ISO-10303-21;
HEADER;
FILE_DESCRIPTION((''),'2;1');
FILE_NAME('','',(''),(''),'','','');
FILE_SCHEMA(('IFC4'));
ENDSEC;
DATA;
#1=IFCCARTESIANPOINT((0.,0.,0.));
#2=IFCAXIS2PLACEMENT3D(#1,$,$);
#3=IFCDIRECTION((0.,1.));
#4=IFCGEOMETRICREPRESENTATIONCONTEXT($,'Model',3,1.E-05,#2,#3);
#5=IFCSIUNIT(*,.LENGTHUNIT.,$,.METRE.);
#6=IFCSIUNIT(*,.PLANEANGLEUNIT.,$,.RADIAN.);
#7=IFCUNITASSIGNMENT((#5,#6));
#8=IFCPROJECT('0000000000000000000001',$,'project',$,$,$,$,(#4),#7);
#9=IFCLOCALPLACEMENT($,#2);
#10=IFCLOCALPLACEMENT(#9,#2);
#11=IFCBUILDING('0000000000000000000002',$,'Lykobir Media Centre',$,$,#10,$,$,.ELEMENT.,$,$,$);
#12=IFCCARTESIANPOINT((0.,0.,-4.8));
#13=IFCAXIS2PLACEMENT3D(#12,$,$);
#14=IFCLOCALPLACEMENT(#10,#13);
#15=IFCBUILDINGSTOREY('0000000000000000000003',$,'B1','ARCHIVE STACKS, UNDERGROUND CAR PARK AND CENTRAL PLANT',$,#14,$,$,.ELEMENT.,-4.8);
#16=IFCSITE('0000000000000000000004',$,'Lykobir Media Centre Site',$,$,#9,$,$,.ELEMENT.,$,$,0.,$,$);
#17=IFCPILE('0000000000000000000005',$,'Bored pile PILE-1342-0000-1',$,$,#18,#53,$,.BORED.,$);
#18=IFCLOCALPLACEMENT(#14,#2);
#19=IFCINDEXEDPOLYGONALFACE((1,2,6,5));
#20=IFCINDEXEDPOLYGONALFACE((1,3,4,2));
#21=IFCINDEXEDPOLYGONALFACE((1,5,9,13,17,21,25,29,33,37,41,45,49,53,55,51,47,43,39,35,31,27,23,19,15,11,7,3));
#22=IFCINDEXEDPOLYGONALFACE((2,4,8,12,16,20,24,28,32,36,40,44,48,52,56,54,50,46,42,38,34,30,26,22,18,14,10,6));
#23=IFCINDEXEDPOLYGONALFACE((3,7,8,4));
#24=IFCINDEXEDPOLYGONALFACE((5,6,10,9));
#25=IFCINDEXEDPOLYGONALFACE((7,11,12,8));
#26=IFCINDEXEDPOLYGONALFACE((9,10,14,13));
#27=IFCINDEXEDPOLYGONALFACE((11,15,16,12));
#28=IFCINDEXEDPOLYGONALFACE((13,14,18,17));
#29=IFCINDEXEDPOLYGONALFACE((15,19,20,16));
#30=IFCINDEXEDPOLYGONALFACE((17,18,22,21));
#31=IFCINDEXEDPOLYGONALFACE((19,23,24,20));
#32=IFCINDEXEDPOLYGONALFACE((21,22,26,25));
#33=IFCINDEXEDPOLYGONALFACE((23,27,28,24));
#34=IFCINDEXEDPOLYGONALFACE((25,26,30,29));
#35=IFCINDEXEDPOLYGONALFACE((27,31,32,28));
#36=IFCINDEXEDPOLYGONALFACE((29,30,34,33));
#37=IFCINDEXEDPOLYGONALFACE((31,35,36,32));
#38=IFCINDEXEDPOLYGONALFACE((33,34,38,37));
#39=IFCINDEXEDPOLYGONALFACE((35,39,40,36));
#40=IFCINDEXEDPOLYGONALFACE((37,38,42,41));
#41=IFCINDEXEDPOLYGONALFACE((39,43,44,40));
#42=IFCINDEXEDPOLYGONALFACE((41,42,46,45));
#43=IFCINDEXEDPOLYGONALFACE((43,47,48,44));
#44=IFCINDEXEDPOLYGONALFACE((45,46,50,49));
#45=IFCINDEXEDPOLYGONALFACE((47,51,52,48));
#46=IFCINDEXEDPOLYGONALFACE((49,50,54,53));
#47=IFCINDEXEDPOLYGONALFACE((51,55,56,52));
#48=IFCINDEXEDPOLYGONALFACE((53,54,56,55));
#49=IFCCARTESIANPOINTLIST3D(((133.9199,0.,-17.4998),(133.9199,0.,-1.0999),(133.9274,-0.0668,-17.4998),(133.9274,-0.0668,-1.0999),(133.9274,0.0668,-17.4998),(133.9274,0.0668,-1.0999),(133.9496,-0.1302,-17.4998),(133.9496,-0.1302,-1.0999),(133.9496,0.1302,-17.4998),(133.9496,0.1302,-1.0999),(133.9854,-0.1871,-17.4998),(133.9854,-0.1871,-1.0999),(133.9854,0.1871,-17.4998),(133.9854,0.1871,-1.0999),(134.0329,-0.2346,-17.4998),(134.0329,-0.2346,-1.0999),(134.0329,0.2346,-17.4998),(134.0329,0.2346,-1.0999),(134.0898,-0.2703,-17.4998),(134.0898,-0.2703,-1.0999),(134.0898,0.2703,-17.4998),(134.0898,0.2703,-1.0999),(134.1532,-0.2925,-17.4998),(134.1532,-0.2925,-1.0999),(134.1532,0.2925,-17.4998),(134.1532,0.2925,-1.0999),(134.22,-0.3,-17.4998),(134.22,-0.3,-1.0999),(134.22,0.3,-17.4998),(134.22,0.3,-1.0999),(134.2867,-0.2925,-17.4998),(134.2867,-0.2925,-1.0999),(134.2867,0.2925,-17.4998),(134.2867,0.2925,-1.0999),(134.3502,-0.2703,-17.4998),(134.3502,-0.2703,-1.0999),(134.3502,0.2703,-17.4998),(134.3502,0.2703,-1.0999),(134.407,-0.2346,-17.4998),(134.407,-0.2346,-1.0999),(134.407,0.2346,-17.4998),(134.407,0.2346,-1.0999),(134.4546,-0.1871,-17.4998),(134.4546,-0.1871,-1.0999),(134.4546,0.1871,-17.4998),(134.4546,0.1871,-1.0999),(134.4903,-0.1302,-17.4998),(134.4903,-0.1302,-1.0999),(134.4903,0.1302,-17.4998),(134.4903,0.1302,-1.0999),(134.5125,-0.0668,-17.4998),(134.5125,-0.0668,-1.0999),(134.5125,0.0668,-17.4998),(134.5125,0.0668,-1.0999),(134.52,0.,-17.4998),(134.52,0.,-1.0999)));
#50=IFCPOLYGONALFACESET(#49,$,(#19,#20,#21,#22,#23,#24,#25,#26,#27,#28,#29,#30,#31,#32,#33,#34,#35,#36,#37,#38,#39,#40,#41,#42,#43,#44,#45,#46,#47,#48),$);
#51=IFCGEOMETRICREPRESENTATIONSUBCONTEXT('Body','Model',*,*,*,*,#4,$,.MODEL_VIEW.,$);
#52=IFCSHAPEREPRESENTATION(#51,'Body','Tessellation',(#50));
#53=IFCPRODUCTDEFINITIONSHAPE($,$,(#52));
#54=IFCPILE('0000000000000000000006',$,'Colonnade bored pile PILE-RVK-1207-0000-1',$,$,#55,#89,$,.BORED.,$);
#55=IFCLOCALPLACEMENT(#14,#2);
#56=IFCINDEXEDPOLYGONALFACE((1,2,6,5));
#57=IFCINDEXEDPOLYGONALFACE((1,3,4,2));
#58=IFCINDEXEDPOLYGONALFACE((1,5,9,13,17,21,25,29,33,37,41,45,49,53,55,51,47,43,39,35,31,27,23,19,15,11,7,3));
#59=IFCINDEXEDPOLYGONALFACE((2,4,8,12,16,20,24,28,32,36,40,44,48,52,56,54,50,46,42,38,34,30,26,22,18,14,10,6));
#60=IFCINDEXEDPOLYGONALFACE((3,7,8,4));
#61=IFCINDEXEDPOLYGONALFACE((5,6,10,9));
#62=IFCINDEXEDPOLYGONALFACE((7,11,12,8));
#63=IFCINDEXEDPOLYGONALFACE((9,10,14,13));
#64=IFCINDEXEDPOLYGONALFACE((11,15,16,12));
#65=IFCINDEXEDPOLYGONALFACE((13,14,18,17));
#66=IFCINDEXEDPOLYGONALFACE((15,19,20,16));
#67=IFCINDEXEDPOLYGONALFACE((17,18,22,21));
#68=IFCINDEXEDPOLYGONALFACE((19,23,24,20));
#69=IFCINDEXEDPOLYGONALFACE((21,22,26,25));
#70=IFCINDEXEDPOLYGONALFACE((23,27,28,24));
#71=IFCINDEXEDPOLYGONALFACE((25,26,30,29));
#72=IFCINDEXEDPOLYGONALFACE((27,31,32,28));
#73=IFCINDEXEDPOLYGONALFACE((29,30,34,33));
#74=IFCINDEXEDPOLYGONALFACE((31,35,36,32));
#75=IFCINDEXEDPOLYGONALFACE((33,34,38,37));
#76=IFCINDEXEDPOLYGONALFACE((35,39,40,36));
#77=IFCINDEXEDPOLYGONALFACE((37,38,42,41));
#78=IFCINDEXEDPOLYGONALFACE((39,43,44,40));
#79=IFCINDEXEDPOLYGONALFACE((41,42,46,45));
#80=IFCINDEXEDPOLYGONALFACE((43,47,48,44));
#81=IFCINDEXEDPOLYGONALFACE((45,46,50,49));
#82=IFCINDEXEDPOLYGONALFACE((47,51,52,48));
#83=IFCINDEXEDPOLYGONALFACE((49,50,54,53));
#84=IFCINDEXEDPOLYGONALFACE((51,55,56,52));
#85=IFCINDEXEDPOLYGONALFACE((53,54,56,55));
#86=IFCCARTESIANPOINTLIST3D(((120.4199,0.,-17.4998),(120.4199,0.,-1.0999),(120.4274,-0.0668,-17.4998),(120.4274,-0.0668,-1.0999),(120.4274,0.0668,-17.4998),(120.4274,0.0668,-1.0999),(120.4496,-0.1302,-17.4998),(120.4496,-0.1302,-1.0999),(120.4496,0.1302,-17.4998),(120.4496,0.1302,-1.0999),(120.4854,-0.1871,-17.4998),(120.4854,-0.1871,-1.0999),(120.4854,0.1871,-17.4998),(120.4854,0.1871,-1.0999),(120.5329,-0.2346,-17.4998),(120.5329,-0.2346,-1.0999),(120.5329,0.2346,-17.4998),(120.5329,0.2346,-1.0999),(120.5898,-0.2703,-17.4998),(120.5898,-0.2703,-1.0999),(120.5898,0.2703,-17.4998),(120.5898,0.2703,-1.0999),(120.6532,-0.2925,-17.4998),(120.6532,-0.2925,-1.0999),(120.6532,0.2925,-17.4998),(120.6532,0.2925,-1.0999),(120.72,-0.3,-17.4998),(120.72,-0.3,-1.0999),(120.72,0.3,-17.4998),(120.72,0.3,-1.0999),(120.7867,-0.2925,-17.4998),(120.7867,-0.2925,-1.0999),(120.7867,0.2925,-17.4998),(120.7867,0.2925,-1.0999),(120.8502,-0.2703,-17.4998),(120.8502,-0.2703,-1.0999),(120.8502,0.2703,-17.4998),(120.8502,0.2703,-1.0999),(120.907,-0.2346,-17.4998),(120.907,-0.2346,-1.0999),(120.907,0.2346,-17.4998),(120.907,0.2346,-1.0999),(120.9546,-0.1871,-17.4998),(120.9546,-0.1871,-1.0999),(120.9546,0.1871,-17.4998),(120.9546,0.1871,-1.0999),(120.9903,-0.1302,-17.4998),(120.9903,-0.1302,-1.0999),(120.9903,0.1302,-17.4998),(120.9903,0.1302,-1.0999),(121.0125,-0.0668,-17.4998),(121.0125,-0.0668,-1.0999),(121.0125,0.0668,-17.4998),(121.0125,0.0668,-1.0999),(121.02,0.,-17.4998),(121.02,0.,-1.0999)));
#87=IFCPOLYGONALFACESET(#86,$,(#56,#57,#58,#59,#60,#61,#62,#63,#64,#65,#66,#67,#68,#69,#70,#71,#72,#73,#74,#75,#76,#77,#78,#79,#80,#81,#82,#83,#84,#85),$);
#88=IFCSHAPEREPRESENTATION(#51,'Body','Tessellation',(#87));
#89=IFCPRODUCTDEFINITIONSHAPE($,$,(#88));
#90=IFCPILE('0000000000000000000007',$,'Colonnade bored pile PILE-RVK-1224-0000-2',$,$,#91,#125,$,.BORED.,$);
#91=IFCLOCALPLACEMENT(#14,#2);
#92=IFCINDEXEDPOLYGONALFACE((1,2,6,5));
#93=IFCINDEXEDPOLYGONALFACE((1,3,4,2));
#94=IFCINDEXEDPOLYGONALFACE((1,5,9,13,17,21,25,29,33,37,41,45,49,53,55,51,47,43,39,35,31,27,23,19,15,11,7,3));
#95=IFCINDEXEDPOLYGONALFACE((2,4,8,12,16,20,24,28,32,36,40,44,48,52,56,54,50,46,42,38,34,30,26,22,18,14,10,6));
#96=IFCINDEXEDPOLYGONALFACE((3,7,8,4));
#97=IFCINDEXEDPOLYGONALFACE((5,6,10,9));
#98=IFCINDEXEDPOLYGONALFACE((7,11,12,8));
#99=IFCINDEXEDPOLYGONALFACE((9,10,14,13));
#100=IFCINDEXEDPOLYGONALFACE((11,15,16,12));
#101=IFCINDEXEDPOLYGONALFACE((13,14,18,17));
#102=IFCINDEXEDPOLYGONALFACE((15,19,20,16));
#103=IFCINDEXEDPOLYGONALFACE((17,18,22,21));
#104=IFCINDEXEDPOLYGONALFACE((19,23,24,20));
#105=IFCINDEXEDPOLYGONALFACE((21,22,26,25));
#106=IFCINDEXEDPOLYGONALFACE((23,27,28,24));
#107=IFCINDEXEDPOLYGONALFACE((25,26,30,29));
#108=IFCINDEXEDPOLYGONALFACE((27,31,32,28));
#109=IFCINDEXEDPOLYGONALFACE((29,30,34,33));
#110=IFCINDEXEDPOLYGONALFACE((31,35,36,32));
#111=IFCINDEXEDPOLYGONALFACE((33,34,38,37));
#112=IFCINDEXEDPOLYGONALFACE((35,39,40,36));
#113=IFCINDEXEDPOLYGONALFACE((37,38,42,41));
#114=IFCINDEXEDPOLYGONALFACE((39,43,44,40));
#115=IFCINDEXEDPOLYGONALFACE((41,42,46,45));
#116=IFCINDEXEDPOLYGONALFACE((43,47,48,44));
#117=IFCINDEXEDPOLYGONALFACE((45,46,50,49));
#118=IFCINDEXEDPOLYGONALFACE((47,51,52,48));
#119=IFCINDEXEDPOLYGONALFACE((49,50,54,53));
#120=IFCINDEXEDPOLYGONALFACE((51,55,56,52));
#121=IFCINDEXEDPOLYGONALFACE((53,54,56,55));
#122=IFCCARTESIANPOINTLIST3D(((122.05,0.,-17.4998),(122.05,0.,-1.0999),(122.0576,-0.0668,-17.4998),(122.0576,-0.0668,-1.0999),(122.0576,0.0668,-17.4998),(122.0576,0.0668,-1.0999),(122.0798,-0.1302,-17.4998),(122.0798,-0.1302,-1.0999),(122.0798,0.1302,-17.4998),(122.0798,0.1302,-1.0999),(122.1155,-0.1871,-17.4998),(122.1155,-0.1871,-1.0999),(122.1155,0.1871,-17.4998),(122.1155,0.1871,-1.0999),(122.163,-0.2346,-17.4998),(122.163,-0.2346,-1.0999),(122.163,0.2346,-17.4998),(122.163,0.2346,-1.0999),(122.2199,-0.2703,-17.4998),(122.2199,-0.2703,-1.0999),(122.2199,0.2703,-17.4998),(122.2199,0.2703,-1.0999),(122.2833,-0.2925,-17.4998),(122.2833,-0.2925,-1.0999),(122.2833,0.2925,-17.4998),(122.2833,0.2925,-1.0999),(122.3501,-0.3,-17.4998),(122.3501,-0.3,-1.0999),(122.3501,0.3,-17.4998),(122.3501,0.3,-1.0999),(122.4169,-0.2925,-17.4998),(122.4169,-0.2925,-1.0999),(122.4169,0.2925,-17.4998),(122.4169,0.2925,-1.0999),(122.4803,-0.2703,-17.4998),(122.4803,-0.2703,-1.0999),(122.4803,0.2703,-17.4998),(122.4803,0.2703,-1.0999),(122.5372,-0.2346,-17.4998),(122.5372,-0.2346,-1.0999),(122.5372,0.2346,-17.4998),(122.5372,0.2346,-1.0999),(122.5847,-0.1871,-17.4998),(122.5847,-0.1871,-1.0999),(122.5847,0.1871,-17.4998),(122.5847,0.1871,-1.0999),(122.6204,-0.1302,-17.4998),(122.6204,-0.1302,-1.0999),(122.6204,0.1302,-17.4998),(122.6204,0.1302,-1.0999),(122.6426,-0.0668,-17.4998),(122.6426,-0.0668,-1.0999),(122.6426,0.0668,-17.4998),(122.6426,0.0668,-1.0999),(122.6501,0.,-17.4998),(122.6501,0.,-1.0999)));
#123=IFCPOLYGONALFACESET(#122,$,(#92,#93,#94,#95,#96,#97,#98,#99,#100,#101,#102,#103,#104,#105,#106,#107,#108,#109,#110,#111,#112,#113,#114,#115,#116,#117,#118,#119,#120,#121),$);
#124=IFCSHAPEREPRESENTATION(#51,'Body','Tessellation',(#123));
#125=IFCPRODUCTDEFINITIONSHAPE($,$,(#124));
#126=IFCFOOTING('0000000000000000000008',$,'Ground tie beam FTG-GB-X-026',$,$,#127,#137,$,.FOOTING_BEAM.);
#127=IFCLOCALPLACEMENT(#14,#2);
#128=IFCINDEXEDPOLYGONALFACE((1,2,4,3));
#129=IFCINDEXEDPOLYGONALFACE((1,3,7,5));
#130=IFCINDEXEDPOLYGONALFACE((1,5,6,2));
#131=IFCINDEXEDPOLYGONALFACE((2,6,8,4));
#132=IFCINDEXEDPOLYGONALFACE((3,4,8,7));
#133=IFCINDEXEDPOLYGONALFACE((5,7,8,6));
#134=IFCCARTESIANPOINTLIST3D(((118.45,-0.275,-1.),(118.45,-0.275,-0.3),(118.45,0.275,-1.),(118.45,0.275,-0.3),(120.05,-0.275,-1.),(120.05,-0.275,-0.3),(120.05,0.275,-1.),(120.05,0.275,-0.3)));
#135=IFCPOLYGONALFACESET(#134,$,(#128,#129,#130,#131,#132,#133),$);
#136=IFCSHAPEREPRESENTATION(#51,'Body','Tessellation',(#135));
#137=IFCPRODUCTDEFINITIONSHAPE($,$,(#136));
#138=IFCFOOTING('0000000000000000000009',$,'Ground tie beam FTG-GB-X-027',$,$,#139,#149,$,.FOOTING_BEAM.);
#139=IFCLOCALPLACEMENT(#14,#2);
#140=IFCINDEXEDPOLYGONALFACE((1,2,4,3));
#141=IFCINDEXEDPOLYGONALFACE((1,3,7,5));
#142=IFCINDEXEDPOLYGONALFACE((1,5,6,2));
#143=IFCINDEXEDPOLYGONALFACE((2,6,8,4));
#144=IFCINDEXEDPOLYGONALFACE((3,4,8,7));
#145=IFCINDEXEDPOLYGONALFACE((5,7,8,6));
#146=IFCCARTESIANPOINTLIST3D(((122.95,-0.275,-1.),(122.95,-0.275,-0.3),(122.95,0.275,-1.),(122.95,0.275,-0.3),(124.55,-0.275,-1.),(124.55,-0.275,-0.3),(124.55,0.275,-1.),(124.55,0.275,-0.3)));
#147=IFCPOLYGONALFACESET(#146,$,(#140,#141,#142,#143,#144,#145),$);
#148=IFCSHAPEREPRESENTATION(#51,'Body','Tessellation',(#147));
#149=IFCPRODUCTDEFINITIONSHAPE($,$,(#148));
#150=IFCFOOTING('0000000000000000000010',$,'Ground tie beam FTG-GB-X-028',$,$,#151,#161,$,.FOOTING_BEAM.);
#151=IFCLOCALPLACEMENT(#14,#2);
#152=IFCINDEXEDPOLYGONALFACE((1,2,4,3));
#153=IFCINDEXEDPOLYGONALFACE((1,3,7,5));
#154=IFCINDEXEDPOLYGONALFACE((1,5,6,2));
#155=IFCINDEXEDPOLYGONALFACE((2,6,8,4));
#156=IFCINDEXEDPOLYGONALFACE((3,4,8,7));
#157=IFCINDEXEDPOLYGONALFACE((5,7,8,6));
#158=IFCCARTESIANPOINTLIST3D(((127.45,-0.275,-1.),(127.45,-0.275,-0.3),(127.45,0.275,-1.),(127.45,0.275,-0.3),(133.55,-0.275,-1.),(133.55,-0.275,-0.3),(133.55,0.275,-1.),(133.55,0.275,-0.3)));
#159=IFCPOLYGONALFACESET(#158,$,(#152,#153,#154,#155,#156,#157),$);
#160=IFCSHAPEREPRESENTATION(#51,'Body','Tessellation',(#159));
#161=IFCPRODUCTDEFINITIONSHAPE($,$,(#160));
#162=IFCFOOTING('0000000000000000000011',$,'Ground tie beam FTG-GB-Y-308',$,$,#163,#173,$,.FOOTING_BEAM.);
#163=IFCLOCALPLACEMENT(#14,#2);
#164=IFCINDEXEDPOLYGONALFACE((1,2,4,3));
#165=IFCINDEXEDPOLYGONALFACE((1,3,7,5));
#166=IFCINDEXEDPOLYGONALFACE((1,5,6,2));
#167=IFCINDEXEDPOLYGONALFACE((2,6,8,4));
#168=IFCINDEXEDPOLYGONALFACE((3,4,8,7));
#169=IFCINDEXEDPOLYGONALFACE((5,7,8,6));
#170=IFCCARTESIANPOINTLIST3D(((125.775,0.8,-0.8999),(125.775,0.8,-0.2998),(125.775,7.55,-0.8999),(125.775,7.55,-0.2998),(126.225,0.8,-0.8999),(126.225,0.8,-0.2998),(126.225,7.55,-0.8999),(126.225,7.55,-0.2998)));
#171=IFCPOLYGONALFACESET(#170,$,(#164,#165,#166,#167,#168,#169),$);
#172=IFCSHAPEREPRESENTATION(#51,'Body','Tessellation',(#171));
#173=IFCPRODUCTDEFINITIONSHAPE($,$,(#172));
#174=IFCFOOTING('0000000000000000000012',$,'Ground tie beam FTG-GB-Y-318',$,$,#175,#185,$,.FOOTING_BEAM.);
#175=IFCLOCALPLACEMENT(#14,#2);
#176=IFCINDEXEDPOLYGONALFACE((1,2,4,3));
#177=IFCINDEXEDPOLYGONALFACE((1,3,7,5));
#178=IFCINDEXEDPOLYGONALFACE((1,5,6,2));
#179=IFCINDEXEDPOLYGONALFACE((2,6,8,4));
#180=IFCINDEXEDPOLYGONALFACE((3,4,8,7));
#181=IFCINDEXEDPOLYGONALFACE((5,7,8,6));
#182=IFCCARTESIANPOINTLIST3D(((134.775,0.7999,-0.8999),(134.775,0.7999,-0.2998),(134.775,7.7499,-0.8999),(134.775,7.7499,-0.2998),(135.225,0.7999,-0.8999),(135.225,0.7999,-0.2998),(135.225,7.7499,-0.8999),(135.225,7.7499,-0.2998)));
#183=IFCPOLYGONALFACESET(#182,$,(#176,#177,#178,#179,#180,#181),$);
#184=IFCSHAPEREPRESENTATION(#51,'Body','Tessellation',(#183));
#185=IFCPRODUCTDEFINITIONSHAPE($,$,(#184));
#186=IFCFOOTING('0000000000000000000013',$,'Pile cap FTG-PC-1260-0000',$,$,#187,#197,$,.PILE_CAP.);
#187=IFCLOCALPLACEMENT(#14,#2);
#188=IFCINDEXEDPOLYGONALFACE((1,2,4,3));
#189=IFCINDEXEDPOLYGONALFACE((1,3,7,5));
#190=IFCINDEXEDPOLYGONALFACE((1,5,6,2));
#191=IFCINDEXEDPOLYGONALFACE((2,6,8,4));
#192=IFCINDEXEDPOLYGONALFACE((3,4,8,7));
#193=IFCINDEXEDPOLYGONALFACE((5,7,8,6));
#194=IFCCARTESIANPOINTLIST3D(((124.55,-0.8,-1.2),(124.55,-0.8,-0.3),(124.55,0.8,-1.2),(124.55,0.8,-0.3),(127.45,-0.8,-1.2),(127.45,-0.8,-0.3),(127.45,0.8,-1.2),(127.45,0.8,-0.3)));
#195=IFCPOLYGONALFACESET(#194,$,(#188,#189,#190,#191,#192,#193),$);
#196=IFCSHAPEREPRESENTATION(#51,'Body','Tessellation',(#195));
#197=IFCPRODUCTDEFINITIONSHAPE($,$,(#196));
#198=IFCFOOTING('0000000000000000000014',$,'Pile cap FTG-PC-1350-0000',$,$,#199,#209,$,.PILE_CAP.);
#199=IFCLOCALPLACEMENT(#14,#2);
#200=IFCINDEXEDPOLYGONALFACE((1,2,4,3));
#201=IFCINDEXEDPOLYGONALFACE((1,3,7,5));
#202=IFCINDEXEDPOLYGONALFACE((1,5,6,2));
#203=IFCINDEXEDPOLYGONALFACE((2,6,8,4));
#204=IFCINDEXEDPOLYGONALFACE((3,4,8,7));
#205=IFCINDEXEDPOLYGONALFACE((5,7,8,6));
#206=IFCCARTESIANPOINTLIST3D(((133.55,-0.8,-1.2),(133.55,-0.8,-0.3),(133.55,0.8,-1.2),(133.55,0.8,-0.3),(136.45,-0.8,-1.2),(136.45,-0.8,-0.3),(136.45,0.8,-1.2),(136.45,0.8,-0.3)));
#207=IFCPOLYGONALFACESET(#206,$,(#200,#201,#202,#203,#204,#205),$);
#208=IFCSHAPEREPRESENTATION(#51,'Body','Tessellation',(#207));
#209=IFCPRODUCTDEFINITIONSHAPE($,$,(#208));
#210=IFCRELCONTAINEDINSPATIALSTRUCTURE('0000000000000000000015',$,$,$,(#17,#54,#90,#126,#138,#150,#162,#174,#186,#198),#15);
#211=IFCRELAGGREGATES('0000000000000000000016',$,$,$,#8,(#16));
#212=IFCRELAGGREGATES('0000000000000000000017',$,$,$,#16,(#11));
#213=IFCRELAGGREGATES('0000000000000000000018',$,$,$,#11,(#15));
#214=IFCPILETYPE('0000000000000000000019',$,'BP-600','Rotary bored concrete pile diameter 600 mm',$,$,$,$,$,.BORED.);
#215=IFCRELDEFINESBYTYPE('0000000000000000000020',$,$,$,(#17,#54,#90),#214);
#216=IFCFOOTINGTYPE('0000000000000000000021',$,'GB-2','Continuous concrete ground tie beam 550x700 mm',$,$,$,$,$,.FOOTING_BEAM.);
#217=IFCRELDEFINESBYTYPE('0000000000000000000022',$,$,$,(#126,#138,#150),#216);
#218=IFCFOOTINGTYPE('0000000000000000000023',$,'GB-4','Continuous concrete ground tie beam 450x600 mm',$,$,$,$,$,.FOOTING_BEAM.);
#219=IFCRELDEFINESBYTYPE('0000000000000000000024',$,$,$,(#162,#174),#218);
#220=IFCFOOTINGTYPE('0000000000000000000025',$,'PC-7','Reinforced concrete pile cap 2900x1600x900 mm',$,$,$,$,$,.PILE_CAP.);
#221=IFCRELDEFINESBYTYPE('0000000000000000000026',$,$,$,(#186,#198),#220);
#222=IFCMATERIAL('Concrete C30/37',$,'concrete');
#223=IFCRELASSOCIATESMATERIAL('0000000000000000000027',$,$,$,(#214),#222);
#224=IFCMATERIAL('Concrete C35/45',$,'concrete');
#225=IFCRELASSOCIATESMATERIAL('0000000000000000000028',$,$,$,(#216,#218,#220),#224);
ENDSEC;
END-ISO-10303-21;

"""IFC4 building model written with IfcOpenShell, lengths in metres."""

from ifc_helpers import new_model, si_unit, direction, frame, origin, origin_2d, place, context, subcontext, project, spatial, rectangle, circle, extrude, material, material_profile, profile_set, type_object, element, save


model = new_model("IFC4")

# Units and contexts
model_context = context("Model", 3, precision=1e-05, world=origin(), true_north=direction((0.0, 1.0)))
body_context = subcontext(model_context, "Body", "Model", "MODEL_VIEW")
ifc_project = project(units=[si_unit("LENGTHUNIT", "METRE"), si_unit("PLANEANGLEUNIT", "RADIAN")], contexts=[model_context])

# Site, building, storey
site_placement = place(None, origin())
site = spatial("IfcSite", under=ifc_project, at=site_placement, Name="Lykobir Media Centre Site", CompositionType="ELEMENT", RefElevation=0.0)
building_placement = place(site_placement, origin())
building = spatial("IfcBuilding", under=site, at=building_placement, Name="Lykobir Media Centre", CompositionType="ELEMENT")
storey_placement = place(building_placement, frame((0.0, 0.0, -4.8)))
storey = spatial("IfcBuildingStorey", under=building, at=storey_placement, Name="B1", Description="ARCHIVE STACKS, UNDERGROUND CAR PARK AND CENTRAL PLANT", CompositionType="ELEMENT", Elevation=-4.8)

# Piles
ifc_material_1 = material(Name="Concrete C30/37", Category="concrete")
ifc_material_profile_1 = material_profile(ifc_material_1, circle(Radius=0.3, at=origin_2d()), Name="BORED PILE D600")
ifc_profile_set_1 = profile_set([ifc_material_profile_1], Name="Concrete C30/37")
pile_type = type_object("IfcPileType", Name="BP-600", Description="Rotary bored concrete pile diameter 600 mm", PredefinedType="BORED", material=ifc_profile_set_1)
for number, where, z_axis, x_axis, name in (
    (1, (134.22, 0.0, -1.0999), (0.0, 0.0, -1.0), (1.0, 0.0, 0.0), "Bored pile PILE-1342-0000-1"),
    (2, (120.72, 0.0, -1.0999), (0.0, 0.0, -1.0), (1.0, 0.0, 0.0), "Colonnade bored pile PILE-RVK-1207-0000-1"),
    (3, (122.3501, 0.0, -1.0999), (0.0, 0.0, -1.0), (1.0, 0.0, 0.0), "Colonnade bored pile PILE-RVK-1224-0000-2"),
):
    element("IfcPile", number, at=place(storey_placement, frame(where, z_axis=z_axis, x_axis=x_axis)), inside=storey, type_object=pile_type, Name=name, PredefinedType="BORED", context=body_context, shape_type="SweptSolid", body=[
        extrude(circle(Radius=0.3, at=origin_2d()), origin(), (0.0, 0.0, 1.0), 16.3999),
    ])

# Footings
ifc_material_2 = material(Name="Concrete C35/45", Category="concrete")
footing_type_1 = type_object("IfcFootingType", Name="GB-2", Description="Continuous concrete ground tie beam 550x700 mm", PredefinedType="FOOTING_BEAM", material=ifc_material_2)
for number, where, z_axis, x_axis, name in (
    (4, (119.25, 0.0, -1.0), (0.0, 0.0, 1.0), (1.0, 0.0, 0.0), "Ground tie beam FTG-GB-X-026"),
    (5, (123.75, 0.0, -1.0), (0.0, 0.0, 1.0), (1.0, 0.0, 0.0), "Ground tie beam FTG-GB-X-027"),
):
    element("IfcFooting", number, at=place(storey_placement, frame(where, z_axis=z_axis, x_axis=x_axis)), inside=storey, type_object=footing_type_1, Name=name, PredefinedType="FOOTING_BEAM", context=body_context, shape_type="SweptSolid", body=[
        extrude(rectangle(XDim=1.6001, YDim=0.55, at=origin_2d()), origin(), (0.0, 0.0, 1.0), 0.7),
    ])
footing_1_placement = place(storey_placement, frame((130.5, 0.0, -1.0), z_axis=(0.0, 0.0, 1.0), x_axis=(1.0, 0.0, 0.0)))
element("IfcFooting", 6, at=footing_1_placement, inside=storey, type_object=footing_type_1, Name="Ground tie beam FTG-GB-X-028", PredefinedType="FOOTING_BEAM", context=body_context, shape_type="SweptSolid", body=[
    extrude(rectangle(XDim=6.1001, YDim=0.55, at=origin_2d()), origin(), (0.0, 0.0, 1.0), 0.7),
])
footing_type_2 = type_object("IfcFootingType", Name="GB-4", Description="Continuous concrete ground tie beam 450x600 mm", PredefinedType="FOOTING_BEAM", material=ifc_material_2)
footing_2_placement = place(storey_placement, frame((126.0, 4.175, -0.8999), z_axis=(0.0, 0.0, 1.0), x_axis=(0.0, 1.0, 0.0)))
element("IfcFooting", 7, at=footing_2_placement, inside=storey, type_object=footing_type_2, Name="Ground tie beam FTG-GB-Y-308", PredefinedType="FOOTING_BEAM", context=body_context, shape_type="SweptSolid", body=[
    extrude(rectangle(XDim=6.75, YDim=0.45, at=origin_2d()), origin(), (0.0, 0.0, 1.0), 0.6001),
])
footing_3_placement = place(storey_placement, frame((135.0, 4.2749, -0.8999), z_axis=(0.0, 0.0, 1.0), x_axis=(0.0, 1.0, 0.0)))
element("IfcFooting", 8, at=footing_3_placement, inside=storey, type_object=footing_type_2, Name="Ground tie beam FTG-GB-Y-318", PredefinedType="FOOTING_BEAM", context=body_context, shape_type="SweptSolid", body=[
    extrude(rectangle(XDim=6.95, YDim=0.45, at=origin_2d()), origin(), (0.0, 0.0, 1.0), 0.6001),
])
footing_type_3 = type_object("IfcFootingType", Name="PC-7", Description="Reinforced concrete pile cap 2900x1600x900 mm", PredefinedType="PILE_CAP", material=ifc_material_2)
for number, where, z_axis, x_axis, name in (
    (9, (126.0, 0.0, -1.2), (0.0, 0.0, 1.0), (1.0, 0.0, 0.0), "Pile cap FTG-PC-1260-0000"),
    (10, (135.0, 0.0, -1.2), (0.0, 0.0, 1.0), (1.0, 0.0, 0.0), "Pile cap FTG-PC-1350-0000"),
):
    element("IfcFooting", number, at=place(storey_placement, frame(where, z_axis=z_axis, x_axis=x_axis)), inside=storey, type_object=footing_type_3, Name=name, PredefinedType="PILE_CAP", context=body_context, shape_type="SweptSolid", body=[
        extrude(rectangle(XDim=2.8999, YDim=1.6001, at=origin_2d()), origin(), (0.0, 0.0, 1.0), 0.8999),
    ])

save(model, "model.ifc")
